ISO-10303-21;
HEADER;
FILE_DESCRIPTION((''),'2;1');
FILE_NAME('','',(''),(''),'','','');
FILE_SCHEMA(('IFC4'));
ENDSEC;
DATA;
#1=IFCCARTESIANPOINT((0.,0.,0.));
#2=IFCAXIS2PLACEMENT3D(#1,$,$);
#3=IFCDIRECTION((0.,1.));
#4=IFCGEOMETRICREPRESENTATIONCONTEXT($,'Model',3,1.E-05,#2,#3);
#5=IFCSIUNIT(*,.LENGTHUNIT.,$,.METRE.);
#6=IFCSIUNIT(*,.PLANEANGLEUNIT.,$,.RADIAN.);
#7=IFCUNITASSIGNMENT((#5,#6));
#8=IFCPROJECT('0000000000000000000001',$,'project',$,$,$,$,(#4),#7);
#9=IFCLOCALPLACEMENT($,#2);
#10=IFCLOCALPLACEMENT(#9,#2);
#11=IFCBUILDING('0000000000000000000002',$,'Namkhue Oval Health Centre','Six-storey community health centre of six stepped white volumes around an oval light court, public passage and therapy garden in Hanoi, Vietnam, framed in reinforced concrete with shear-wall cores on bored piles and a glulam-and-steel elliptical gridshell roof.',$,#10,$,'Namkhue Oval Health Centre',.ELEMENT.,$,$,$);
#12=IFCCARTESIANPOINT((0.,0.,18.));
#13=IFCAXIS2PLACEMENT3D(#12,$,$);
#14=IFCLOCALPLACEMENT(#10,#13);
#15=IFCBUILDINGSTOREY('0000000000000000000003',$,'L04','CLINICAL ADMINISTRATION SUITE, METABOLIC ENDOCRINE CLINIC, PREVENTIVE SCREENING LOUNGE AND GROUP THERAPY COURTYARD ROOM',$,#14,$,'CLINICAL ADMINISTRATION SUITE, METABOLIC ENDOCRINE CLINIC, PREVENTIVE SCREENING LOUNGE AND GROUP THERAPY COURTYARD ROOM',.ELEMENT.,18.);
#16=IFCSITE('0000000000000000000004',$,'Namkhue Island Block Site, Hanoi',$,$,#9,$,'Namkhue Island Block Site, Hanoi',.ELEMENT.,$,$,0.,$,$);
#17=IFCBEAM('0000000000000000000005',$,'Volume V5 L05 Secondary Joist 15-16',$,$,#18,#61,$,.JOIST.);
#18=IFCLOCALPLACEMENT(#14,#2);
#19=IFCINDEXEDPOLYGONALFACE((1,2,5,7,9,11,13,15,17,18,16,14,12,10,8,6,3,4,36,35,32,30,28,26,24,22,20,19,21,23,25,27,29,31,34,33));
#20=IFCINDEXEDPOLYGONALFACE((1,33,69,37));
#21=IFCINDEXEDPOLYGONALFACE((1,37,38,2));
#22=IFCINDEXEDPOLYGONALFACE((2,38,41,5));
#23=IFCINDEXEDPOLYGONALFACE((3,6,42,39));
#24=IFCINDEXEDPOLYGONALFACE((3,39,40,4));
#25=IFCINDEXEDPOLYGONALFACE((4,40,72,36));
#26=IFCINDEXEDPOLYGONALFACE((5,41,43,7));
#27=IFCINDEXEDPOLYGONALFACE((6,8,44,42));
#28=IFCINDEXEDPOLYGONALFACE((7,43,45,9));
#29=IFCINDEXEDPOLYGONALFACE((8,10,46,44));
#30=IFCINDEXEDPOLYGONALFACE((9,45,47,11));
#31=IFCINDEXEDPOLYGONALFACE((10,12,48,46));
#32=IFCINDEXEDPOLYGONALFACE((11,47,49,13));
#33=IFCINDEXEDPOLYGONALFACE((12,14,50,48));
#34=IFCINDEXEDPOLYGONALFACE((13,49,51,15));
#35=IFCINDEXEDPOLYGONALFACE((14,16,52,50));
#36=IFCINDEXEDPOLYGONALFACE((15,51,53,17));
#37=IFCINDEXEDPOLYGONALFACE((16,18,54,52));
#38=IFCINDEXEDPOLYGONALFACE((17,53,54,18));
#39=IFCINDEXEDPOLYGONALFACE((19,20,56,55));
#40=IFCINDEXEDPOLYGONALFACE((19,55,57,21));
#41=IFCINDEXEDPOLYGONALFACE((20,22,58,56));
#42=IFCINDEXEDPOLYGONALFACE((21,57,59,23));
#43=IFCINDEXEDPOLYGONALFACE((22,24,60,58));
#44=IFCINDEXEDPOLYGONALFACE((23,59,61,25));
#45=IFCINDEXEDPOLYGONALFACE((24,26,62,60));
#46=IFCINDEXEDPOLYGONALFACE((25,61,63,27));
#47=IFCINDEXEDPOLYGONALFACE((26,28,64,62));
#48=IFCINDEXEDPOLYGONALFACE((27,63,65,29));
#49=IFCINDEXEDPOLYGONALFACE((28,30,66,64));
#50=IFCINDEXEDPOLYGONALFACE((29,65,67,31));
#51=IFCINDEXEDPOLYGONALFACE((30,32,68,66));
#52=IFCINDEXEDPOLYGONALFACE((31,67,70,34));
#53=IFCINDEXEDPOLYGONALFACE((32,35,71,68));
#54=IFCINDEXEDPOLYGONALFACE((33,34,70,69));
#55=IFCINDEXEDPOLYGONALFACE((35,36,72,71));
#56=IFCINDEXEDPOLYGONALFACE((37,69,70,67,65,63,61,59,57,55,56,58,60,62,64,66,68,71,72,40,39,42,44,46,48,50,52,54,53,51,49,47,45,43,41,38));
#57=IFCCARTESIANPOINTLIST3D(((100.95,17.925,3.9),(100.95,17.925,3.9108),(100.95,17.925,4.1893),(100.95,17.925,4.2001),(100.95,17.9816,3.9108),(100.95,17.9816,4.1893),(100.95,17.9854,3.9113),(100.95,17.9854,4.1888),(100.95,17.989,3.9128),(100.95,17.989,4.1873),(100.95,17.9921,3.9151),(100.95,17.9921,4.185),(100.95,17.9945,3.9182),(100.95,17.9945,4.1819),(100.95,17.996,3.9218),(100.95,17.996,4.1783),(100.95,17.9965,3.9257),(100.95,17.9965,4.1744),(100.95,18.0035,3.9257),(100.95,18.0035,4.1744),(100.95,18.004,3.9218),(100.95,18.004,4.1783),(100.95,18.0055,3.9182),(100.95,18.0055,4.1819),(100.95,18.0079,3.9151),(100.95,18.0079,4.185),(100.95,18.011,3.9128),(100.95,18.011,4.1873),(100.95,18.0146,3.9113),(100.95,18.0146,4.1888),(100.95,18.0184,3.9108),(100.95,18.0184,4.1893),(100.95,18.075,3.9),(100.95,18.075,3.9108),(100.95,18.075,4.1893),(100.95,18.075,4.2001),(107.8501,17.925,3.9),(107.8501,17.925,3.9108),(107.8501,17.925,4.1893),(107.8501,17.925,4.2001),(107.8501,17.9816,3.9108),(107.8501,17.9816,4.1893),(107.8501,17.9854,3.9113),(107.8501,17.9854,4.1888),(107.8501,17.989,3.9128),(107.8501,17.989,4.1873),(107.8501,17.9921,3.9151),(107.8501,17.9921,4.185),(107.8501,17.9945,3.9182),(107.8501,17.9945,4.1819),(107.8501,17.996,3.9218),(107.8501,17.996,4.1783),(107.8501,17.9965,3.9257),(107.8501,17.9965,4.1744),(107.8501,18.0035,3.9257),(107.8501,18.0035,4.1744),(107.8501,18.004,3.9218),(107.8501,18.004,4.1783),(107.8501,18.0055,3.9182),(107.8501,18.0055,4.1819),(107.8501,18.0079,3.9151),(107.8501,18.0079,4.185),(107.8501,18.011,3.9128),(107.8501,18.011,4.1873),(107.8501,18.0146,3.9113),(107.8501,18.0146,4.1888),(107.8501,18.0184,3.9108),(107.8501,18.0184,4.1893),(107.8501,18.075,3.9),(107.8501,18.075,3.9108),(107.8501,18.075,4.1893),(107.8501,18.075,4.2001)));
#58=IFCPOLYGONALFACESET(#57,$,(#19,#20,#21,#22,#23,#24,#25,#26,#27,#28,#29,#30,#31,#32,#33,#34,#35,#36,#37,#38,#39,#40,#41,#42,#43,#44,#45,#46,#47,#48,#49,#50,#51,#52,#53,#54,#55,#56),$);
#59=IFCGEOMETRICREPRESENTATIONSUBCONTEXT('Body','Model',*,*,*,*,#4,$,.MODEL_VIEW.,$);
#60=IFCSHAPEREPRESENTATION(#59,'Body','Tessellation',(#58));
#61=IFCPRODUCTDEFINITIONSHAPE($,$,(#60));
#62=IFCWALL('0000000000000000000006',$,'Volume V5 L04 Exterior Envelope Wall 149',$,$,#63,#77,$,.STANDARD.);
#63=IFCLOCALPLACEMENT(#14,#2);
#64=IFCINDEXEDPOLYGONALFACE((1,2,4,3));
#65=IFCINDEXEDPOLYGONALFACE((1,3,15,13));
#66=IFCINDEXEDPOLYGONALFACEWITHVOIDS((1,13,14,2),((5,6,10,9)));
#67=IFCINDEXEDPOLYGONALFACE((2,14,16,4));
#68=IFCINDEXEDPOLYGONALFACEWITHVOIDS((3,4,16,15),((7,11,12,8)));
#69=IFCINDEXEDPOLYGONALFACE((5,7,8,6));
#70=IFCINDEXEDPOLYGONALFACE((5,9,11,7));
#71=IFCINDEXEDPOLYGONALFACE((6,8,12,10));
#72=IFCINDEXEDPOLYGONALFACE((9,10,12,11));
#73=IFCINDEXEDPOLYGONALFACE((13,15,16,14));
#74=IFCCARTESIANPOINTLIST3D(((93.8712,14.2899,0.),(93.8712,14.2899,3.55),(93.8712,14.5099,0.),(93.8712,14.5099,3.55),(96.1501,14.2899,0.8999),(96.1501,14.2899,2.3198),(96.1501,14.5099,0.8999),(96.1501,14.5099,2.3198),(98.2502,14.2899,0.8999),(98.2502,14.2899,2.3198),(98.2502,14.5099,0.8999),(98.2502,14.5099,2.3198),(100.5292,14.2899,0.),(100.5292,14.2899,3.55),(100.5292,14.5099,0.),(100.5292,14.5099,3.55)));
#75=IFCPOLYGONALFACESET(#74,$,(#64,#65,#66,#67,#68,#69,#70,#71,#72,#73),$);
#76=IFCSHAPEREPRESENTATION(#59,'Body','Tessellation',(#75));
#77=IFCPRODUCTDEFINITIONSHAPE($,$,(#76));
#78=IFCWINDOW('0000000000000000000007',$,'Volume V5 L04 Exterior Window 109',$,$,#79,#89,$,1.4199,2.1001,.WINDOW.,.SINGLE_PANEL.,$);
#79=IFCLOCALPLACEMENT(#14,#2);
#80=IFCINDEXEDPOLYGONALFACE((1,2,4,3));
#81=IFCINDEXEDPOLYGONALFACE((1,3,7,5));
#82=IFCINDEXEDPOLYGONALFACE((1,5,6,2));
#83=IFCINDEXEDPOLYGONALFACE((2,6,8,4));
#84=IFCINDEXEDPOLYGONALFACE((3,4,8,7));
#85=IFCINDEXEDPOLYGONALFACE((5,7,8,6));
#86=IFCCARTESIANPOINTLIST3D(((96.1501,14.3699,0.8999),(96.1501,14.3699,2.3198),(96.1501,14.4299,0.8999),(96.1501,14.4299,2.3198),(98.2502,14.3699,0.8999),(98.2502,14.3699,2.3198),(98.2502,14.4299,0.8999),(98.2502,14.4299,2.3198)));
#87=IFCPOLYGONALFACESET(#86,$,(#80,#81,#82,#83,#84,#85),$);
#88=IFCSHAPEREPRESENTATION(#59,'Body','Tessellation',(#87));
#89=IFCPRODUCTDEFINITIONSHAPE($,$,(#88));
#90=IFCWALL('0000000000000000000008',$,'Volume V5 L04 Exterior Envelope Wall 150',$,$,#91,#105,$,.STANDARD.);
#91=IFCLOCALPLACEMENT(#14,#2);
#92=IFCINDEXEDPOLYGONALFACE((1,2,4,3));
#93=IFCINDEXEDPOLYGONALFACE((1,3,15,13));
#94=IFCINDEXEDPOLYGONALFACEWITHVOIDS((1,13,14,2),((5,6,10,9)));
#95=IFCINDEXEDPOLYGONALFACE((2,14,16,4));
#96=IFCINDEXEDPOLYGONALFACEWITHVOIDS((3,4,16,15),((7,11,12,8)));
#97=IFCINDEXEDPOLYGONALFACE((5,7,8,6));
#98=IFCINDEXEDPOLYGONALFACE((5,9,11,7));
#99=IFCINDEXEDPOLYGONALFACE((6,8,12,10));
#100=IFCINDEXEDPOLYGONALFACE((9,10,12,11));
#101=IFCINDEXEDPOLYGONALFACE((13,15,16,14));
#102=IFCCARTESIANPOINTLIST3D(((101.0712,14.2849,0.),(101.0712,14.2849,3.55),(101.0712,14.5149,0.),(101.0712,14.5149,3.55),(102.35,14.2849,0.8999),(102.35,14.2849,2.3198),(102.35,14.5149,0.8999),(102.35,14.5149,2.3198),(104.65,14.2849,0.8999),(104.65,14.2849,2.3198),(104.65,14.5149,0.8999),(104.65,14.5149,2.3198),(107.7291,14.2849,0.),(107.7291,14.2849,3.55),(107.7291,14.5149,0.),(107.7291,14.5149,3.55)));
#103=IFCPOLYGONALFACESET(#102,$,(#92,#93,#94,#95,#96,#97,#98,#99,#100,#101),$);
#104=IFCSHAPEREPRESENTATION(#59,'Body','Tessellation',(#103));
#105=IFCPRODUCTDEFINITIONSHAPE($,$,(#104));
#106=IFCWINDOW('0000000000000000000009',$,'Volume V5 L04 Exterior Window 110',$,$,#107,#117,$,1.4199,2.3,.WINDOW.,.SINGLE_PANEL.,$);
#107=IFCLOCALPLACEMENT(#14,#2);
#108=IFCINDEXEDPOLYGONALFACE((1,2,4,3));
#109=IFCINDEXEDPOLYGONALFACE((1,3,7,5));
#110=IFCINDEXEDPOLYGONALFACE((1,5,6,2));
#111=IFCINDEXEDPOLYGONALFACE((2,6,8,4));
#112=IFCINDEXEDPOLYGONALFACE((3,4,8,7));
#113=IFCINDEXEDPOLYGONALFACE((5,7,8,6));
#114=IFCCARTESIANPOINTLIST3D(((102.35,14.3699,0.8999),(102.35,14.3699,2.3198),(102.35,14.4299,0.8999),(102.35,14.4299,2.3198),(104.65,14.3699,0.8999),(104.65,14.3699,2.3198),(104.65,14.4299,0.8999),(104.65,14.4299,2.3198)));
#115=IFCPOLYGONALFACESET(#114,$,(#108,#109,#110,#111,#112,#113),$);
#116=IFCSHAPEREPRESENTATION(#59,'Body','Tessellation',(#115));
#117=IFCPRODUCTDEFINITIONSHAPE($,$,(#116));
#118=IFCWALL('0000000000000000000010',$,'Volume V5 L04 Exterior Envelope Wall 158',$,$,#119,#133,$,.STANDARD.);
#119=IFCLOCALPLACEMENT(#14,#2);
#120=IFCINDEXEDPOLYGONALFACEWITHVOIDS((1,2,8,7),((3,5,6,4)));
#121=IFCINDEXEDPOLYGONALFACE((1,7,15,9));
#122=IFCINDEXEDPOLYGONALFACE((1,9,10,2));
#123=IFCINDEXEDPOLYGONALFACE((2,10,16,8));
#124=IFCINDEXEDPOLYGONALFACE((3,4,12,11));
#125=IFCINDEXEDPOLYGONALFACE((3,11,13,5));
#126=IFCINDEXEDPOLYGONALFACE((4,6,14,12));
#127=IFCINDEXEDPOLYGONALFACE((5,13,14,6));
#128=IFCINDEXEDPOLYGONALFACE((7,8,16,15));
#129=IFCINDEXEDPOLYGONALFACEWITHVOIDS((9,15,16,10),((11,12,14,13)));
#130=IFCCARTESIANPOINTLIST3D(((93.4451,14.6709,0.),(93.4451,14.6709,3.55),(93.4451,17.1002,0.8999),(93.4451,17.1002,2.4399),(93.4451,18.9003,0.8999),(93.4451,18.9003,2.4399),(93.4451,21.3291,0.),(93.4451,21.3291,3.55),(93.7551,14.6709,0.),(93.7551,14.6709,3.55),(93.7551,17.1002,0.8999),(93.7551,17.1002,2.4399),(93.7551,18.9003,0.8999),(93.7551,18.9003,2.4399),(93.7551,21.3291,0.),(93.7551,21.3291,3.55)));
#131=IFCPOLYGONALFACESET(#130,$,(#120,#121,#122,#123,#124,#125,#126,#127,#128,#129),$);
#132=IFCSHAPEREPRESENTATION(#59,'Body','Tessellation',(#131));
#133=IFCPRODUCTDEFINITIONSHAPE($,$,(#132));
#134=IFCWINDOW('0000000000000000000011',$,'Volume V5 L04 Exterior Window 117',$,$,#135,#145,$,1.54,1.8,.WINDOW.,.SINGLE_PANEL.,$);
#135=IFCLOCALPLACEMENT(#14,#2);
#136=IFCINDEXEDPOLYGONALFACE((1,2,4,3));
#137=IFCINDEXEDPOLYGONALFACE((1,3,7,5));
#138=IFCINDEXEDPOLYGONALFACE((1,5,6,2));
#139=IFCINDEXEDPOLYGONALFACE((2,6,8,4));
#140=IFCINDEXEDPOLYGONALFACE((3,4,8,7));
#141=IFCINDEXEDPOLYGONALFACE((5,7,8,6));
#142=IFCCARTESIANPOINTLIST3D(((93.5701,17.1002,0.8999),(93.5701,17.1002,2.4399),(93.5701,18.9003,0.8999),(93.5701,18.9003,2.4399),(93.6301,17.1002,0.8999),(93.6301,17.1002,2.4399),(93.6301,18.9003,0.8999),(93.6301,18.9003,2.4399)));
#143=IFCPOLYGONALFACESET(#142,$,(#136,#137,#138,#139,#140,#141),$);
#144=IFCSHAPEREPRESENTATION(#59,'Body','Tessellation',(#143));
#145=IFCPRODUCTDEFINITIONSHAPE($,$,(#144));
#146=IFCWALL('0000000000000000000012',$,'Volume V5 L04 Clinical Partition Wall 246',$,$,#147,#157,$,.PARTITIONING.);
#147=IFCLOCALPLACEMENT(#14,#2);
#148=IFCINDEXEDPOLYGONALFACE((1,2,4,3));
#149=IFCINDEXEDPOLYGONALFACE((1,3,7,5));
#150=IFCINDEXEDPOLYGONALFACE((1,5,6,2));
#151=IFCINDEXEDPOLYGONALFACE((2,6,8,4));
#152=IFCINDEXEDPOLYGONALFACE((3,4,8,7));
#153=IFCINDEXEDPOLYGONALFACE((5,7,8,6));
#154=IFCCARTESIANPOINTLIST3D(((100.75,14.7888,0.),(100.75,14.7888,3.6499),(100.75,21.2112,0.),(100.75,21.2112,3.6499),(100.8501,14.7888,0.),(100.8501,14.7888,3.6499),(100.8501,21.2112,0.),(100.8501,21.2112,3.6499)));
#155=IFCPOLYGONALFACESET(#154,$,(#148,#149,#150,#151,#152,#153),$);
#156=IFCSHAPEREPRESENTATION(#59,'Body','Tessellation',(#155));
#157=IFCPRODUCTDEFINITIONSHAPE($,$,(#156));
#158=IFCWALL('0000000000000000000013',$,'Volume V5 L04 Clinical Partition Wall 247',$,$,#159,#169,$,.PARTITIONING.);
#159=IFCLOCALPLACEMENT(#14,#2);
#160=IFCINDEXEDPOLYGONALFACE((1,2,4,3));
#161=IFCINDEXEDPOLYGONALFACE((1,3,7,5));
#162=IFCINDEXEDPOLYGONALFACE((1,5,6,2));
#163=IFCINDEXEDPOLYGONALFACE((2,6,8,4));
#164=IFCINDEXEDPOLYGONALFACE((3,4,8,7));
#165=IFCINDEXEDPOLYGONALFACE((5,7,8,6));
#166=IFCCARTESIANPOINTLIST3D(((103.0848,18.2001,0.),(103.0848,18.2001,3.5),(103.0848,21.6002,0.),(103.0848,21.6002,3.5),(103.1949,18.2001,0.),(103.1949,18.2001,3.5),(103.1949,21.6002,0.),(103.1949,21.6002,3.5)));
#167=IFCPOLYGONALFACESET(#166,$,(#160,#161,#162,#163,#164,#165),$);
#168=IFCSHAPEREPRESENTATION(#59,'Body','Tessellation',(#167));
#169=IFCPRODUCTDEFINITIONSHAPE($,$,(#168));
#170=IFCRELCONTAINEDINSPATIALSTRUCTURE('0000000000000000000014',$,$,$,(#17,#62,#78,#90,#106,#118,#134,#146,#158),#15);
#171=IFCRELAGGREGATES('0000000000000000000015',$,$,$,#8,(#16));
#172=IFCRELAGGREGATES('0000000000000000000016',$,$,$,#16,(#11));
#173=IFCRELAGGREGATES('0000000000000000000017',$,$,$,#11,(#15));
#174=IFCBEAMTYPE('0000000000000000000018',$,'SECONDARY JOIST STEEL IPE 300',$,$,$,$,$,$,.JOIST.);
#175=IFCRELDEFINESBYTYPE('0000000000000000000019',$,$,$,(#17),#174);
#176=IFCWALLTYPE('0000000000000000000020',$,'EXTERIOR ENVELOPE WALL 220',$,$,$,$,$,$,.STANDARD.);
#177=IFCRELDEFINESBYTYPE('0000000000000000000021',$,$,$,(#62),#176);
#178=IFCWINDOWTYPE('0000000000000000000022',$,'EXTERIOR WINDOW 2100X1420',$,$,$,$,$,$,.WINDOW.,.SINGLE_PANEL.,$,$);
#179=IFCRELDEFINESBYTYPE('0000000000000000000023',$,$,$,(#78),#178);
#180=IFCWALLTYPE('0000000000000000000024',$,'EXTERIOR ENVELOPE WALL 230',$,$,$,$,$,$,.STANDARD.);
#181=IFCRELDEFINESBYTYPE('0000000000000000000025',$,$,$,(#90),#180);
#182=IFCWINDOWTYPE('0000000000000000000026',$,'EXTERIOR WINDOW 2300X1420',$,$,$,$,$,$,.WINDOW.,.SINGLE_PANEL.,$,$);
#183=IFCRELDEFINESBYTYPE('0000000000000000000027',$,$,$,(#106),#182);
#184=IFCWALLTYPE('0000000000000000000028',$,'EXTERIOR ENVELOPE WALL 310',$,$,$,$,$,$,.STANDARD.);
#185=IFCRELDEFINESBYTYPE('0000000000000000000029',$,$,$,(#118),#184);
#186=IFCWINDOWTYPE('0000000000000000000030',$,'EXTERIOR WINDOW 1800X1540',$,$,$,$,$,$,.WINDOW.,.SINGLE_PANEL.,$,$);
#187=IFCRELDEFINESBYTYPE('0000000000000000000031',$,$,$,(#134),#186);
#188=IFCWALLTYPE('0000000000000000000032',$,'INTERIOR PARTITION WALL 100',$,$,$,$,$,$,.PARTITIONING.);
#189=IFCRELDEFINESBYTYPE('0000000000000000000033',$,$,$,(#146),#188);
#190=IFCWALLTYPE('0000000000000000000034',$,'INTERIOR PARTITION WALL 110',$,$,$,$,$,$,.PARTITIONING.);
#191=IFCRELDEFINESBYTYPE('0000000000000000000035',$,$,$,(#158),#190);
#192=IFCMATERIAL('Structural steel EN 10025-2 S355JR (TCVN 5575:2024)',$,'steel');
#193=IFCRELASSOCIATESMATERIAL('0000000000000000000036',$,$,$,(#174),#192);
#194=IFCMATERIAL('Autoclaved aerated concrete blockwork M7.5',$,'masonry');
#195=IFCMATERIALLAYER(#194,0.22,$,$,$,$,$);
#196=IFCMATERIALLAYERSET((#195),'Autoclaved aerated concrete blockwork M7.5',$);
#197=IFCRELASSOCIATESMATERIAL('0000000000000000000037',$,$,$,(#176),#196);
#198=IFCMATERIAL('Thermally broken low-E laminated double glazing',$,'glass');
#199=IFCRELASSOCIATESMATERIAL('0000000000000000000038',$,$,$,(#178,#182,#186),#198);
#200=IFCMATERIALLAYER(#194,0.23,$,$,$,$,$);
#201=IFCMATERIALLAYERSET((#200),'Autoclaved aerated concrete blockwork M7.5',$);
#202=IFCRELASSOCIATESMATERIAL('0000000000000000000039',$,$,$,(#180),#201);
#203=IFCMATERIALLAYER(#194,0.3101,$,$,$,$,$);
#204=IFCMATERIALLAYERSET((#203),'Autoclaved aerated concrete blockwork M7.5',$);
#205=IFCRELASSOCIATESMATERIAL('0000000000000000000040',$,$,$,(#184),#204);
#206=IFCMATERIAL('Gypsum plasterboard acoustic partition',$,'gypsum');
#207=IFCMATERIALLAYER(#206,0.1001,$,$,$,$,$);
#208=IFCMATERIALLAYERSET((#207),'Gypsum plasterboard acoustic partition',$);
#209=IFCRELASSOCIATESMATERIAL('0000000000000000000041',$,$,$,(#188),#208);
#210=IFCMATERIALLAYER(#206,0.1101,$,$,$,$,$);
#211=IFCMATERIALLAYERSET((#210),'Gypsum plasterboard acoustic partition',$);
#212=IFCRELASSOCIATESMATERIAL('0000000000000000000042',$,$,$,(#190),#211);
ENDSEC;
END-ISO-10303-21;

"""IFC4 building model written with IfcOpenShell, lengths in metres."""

from ifc_helpers import new_model, si_unit, direction, frame, frame_2d, origin, origin_2d, place, context, subcontext, project, spatial, rectangle, i_section, extrude, material, layer, layer_set, material_profile, profile_set, type_object, element, fill, save


model = new_model("IFC4")

# Units and contexts
model_context = context("Model", 3, precision=1e-05, world=origin(), true_north=direction((0.0, 1.0)))
body_context = subcontext(model_context, "Body", "Model", "MODEL_VIEW")
ifc_project = project(units=[si_unit("LENGTHUNIT", "METRE"), si_unit("PLANEANGLEUNIT", "RADIAN")], contexts=[model_context])

# Site, building, storey
site_placement = place(None, origin())
site = spatial("IfcSite", under=ifc_project, at=site_placement, Name="Namkhue Island Block Site, Hanoi", LongName="Namkhue Island Block Site, Hanoi", CompositionType="ELEMENT", RefElevation=0.0)
building_placement = place(site_placement, origin())
building = spatial("IfcBuilding", under=site, at=building_placement, Name="Namkhue Oval Health Centre", Description="Six-storey community health centre of six stepped white volumes around an oval light court, public passage and therapy garden in Hanoi, Vietnam, framed in reinforced concrete with shear-wall cores on bored piles and a glulam-and-steel elliptical gridshell roof.", LongName="Namkhue Oval Health Centre", CompositionType="ELEMENT")
storey_placement = place(building_placement, frame((0.0, 0.0, 18.0)))
storey = spatial("IfcBuildingStorey", under=building, at=storey_placement, Name="L04", Description="CLINICAL ADMINISTRATION SUITE, METABOLIC ENDOCRINE CLINIC, PREVENTIVE SCREENING LOUNGE AND GROUP THERAPY COURTYARD ROOM", LongName="CLINICAL ADMINISTRATION SUITE, METABOLIC ENDOCRINE CLINIC, PREVENTIVE SCREENING LOUNGE AND GROUP THERAPY COURTYARD ROOM", CompositionType="ELEMENT", Elevation=18.0)

# Beam
ifc_material_1 = material(Name="Structural steel EN 10025-2 S355JR (TCVN 5575:2024)", Category="steel")
ifc_material_profile_1 = material_profile(ifc_material_1, i_section(OverallWidth=0.1499, OverallDepth=0.3, WebThickness=0.0071, FlangeThickness=0.0107, FilletRadius=0.0149, at=origin_2d()), Name="IPE 300")
ifc_profile_set_1 = profile_set([ifc_material_profile_1], Name="Structural steel EN 10025-2 S355JR (TCVN 5575:2024)")
beam_type_1 = type_object("IfcBeamType", Name="SECONDARY JOIST STEEL IPE 300", PredefinedType="JOIST", material=ifc_profile_set_1)
beam_1_placement = place(storey_placement, frame((100.95, 18.0, 4.05), z_axis=(1.0, 0.0, 0.0), x_axis=(0.0, 1.0, 0.0)))
element("IfcBeam", 1, at=beam_1_placement, inside=storey, type_object=beam_type_1, Name="Volume V5 L05 Secondary Joist 15-16", PredefinedType="JOIST", context=body_context, shape_type="SweptSolid", body=[
    extrude(i_section(OverallWidth=0.1499, OverallDepth=0.3, WebThickness=0.0071, FlangeThickness=0.0107, FilletRadius=0.0149, at=origin_2d()), origin(), (0.0, 0.0, 1.0), 6.9001),
])

# Walls, openings, windows
ifc_material_2 = material(Name="Autoclaved aerated concrete blockwork M7.5", Category="masonry")
ifc_layer_1 = layer(ifc_material_2, 0.22)
ifc_layer_set_1 = layer_set([ifc_layer_1], Name="Autoclaved aerated concrete blockwork M7.5")
wall_type_1 = type_object("IfcWallType", Name="EXTERIOR ENVELOPE WALL 220", PredefinedType="STANDARD", material=ifc_layer_set_1)
wall_1_placement = place(storey_placement, frame((93.8711, 14.3999, 0.0), z_axis=(0.0, 0.0, 1.0), x_axis=(1.0, 0.0, 0.0)))
wall_1 = element("IfcWall", 2, at=wall_1_placement, inside=storey, type_object=wall_type_1, Name="Volume V5 L04 Exterior Envelope Wall 149", PredefinedType="STANDARD", context=body_context, shape_type="SweptSolid", body=[
    extrude(rectangle(XDim=6.658, YDim=0.22, at=frame_2d((3.3291, 0.0))), origin(), (0.0, 0.0, 1.0), 3.55),
])
opening_1_placement = place(wall_1_placement, frame((2.2791, 0.0, 0.8999)))
opening_1 = element("IfcOpeningElement", 3, at=opening_1_placement, cuts=wall_1, PredefinedType="OPENING", context=body_context, shape_type="SweptSolid", body=[
    extrude(rectangle(XDim=2.1001, YDim=1.4199, at=frame_2d((1.05, 0.71))), frame((0.0, 0.1199, 0.0), z_axis=(0.0, -1.0, 0.0), x_axis=(1.0, 0.0, 0.0)), (0.0, 0.0, 1.0), 0.24),
])
ifc_material_3 = material(Name="Thermally broken low-E laminated double glazing", Category="glass")
window_type_1 = type_object("IfcWindowType", Name="EXTERIOR WINDOW 2100X1420", PartitioningType="SINGLE_PANEL", PredefinedType="WINDOW", material=ifc_material_3)
window_1_placement = place(opening_1_placement, origin())
window_1 = element("IfcWindow", 4, at=window_1_placement, inside=storey, type_object=window_type_1, Name="Volume V5 L04 Exterior Window 109", OverallHeight=1.4199, OverallWidth=2.1001, PartitioningType="SINGLE_PANEL", PredefinedType="WINDOW", context=body_context, shape_type="SweptSolid", body=[
    extrude(rectangle(XDim=2.1001, YDim=1.4199, at=frame_2d((1.05, 0.71))), frame((0.0, 0.03, 0.0), z_axis=(0.0, -1.0, 0.0), x_axis=(1.0, 0.0, 0.0)), (0.0, 0.0, 1.0), 0.0601),
])
fill(opening_1, window_1)
ifc_layer_2 = layer(ifc_material_2, 0.23)
ifc_layer_set_2 = layer_set([ifc_layer_2], Name="Autoclaved aerated concrete blockwork M7.5")
wall_type_2 = type_object("IfcWallType", Name="EXTERIOR ENVELOPE WALL 230", PredefinedType="STANDARD", material=ifc_layer_set_2)
wall_2_placement = place(storey_placement, frame((101.071, 14.3999, 0.0), z_axis=(0.0, 0.0, 1.0), x_axis=(1.0, 0.0, 0.0)))
wall_2 = element("IfcWall", 5, at=wall_2_placement, inside=storey, type_object=wall_type_2, Name="Volume V5 L04 Exterior Envelope Wall 150", PredefinedType="STANDARD", context=body_context, shape_type="SweptSolid", body=[
    extrude(rectangle(XDim=6.658, YDim=0.23, at=frame_2d((3.3291, 0.0))), origin(), (0.0, 0.0, 1.0), 3.55),
])
opening_2_placement = place(wall_2_placement, frame((1.2791, 0.0, 0.8999)))
opening_2 = element("IfcOpeningElement", 6, at=opening_2_placement, cuts=wall_2, PredefinedType="OPENING", context=body_context, shape_type="SweptSolid", body=[
    extrude(rectangle(XDim=2.3, YDim=1.4199, at=frame_2d((1.1499, 0.71))), frame((0.0, 0.125, 0.0), z_axis=(0.0, -1.0, 0.0), x_axis=(1.0, 0.0, 0.0)), (0.0, 0.0, 1.0), 0.25),
])
window_type_2 = type_object("IfcWindowType", Name="EXTERIOR WINDOW 2300X1420", PartitioningType="SINGLE_PANEL", PredefinedType="WINDOW", material=ifc_material_3)
window_2_placement = place(opening_2_placement, origin())
window_2 = element("IfcWindow", 7, at=window_2_placement, inside=storey, type_object=window_type_2, Name="Volume V5 L04 Exterior Window 110", OverallHeight=1.4199, OverallWidth=2.3, PartitioningType="SINGLE_PANEL", PredefinedType="WINDOW", context=body_context, shape_type="SweptSolid", body=[
    extrude(rectangle(XDim=2.3, YDim=1.4199, at=frame_2d((1.1499, 0.71))), frame((0.0, 0.03, 0.0), z_axis=(0.0, -1.0, 0.0), x_axis=(1.0, 0.0, 0.0)), (0.0, 0.0, 1.0), 0.0601),
])
fill(opening_2, window_2)
ifc_layer_3 = layer(ifc_material_2, 0.3101)
ifc_layer_set_3 = layer_set([ifc_layer_3], Name="Autoclaved aerated concrete blockwork M7.5")
wall_type_3 = type_object("IfcWallType", Name="EXTERIOR ENVELOPE WALL 310", PredefinedType="STANDARD", material=ifc_layer_set_3)
wall_3_placement = place(storey_placement, frame((93.6001, 21.3291, 0.0), z_axis=(0.0, 0.0, 1.0), x_axis=(0.0, -1.0, 0.0)))
wall_3 = element("IfcWall", 8, at=wall_3_placement, inside=storey, type_object=wall_type_3, Name="Volume V5 L04 Exterior Envelope Wall 158", PredefinedType="STANDARD", context=body_context, shape_type="SweptSolid", body=[
    extrude(rectangle(XDim=6.6582, YDim=0.3101, at=frame_2d((3.3291, 0.0))), origin(), (0.0, 0.0, 1.0), 3.55),
])
opening_3_placement = place(wall_3_placement, frame((2.429, 0.0, 0.8999)))
opening_3 = element("IfcOpeningElement", 9, at=opening_3_placement, cuts=wall_3, PredefinedType="OPENING", context=body_context, shape_type="SweptSolid", body=[
    extrude(rectangle(XDim=1.8, YDim=1.54, at=frame_2d((0.8999, 0.77))), frame((0.0, 0.165, 0.0), z_axis=(0.0, -1.0, 0.0), x_axis=(1.0, 0.0, 0.0)), (0.0, 0.0, 1.0), 0.3301),
])
window_type_3 = type_object("IfcWindowType", Name="EXTERIOR WINDOW 1800X1540", PartitioningType="SINGLE_PANEL", PredefinedType="WINDOW", material=ifc_material_3)
window_3_placement = place(opening_3_placement, origin())
window_3 = element("IfcWindow", 10, at=window_3_placement, inside=storey, type_object=window_type_3, Name="Volume V5 L04 Exterior Window 117", OverallHeight=1.54, OverallWidth=1.8, PartitioningType="SINGLE_PANEL", PredefinedType="WINDOW", context=body_context, shape_type="SweptSolid", body=[
    extrude(rectangle(XDim=1.8, YDim=1.54, at=frame_2d((0.8999, 0.77))), frame((0.0, 0.03, 0.0), z_axis=(0.0, -1.0, 0.0), x_axis=(1.0, 0.0, 0.0)), (0.0, 0.0, 1.0), 0.0601),
])
fill(opening_3, window_3)

# Walls
ifc_material_4 = material(Name="Gypsum plasterboard acoustic partition", Category="gypsum")
ifc_layer_4 = layer(ifc_material_4, 0.1001)
ifc_layer_set_4 = layer_set([ifc_layer_4], Name="Gypsum plasterboard acoustic partition")
wall_type_4 = type_object("IfcWallType", Name="INTERIOR PARTITION WALL 100", PredefinedType="PARTITIONING", material=ifc_layer_set_4)
wall_4_placement = place(storey_placement, frame((100.8, 14.7888, 0.0), z_axis=(0.0, 0.0, 1.0), x_axis=(0.0, 1.0, 0.0)))
element("IfcWall", 11, at=wall_4_placement, inside=storey, type_object=wall_type_4, Name="Volume V5 L04 Clinical Partition Wall 246", PredefinedType="PARTITIONING", context=body_context, shape_type="SweptSolid", body=[
    extrude(rectangle(XDim=6.4224, YDim=0.1001, at=frame_2d((3.2112, 0.0))), origin(), (0.0, 0.0, 1.0), 3.6499),
])
ifc_layer_5 = layer(ifc_material_4, 0.1101)
ifc_layer_set_5 = layer_set([ifc_layer_5], Name="Gypsum plasterboard acoustic partition")
wall_type_5 = type_object("IfcWallType", Name="INTERIOR PARTITION WALL 110", PredefinedType="PARTITIONING", material=ifc_layer_set_5)
wall_5_placement = place(storey_placement, frame((103.1399, 18.2, 0.0), z_axis=(0.0, 0.0, 1.0), x_axis=(0.0, 1.0, 0.0)))
element("IfcWall", 12, at=wall_5_placement, inside=storey, type_object=wall_type_5, Name="Volume V5 L04 Clinical Partition Wall 247", PredefinedType="PARTITIONING", context=body_context, shape_type="SweptSolid", body=[
    extrude(rectangle(XDim=3.4001, YDim=0.1101, at=frame_2d((1.7002, 0.0))), origin(), (0.0, 0.0, 1.0), 3.5),
])

save(model, "model.ifc")
